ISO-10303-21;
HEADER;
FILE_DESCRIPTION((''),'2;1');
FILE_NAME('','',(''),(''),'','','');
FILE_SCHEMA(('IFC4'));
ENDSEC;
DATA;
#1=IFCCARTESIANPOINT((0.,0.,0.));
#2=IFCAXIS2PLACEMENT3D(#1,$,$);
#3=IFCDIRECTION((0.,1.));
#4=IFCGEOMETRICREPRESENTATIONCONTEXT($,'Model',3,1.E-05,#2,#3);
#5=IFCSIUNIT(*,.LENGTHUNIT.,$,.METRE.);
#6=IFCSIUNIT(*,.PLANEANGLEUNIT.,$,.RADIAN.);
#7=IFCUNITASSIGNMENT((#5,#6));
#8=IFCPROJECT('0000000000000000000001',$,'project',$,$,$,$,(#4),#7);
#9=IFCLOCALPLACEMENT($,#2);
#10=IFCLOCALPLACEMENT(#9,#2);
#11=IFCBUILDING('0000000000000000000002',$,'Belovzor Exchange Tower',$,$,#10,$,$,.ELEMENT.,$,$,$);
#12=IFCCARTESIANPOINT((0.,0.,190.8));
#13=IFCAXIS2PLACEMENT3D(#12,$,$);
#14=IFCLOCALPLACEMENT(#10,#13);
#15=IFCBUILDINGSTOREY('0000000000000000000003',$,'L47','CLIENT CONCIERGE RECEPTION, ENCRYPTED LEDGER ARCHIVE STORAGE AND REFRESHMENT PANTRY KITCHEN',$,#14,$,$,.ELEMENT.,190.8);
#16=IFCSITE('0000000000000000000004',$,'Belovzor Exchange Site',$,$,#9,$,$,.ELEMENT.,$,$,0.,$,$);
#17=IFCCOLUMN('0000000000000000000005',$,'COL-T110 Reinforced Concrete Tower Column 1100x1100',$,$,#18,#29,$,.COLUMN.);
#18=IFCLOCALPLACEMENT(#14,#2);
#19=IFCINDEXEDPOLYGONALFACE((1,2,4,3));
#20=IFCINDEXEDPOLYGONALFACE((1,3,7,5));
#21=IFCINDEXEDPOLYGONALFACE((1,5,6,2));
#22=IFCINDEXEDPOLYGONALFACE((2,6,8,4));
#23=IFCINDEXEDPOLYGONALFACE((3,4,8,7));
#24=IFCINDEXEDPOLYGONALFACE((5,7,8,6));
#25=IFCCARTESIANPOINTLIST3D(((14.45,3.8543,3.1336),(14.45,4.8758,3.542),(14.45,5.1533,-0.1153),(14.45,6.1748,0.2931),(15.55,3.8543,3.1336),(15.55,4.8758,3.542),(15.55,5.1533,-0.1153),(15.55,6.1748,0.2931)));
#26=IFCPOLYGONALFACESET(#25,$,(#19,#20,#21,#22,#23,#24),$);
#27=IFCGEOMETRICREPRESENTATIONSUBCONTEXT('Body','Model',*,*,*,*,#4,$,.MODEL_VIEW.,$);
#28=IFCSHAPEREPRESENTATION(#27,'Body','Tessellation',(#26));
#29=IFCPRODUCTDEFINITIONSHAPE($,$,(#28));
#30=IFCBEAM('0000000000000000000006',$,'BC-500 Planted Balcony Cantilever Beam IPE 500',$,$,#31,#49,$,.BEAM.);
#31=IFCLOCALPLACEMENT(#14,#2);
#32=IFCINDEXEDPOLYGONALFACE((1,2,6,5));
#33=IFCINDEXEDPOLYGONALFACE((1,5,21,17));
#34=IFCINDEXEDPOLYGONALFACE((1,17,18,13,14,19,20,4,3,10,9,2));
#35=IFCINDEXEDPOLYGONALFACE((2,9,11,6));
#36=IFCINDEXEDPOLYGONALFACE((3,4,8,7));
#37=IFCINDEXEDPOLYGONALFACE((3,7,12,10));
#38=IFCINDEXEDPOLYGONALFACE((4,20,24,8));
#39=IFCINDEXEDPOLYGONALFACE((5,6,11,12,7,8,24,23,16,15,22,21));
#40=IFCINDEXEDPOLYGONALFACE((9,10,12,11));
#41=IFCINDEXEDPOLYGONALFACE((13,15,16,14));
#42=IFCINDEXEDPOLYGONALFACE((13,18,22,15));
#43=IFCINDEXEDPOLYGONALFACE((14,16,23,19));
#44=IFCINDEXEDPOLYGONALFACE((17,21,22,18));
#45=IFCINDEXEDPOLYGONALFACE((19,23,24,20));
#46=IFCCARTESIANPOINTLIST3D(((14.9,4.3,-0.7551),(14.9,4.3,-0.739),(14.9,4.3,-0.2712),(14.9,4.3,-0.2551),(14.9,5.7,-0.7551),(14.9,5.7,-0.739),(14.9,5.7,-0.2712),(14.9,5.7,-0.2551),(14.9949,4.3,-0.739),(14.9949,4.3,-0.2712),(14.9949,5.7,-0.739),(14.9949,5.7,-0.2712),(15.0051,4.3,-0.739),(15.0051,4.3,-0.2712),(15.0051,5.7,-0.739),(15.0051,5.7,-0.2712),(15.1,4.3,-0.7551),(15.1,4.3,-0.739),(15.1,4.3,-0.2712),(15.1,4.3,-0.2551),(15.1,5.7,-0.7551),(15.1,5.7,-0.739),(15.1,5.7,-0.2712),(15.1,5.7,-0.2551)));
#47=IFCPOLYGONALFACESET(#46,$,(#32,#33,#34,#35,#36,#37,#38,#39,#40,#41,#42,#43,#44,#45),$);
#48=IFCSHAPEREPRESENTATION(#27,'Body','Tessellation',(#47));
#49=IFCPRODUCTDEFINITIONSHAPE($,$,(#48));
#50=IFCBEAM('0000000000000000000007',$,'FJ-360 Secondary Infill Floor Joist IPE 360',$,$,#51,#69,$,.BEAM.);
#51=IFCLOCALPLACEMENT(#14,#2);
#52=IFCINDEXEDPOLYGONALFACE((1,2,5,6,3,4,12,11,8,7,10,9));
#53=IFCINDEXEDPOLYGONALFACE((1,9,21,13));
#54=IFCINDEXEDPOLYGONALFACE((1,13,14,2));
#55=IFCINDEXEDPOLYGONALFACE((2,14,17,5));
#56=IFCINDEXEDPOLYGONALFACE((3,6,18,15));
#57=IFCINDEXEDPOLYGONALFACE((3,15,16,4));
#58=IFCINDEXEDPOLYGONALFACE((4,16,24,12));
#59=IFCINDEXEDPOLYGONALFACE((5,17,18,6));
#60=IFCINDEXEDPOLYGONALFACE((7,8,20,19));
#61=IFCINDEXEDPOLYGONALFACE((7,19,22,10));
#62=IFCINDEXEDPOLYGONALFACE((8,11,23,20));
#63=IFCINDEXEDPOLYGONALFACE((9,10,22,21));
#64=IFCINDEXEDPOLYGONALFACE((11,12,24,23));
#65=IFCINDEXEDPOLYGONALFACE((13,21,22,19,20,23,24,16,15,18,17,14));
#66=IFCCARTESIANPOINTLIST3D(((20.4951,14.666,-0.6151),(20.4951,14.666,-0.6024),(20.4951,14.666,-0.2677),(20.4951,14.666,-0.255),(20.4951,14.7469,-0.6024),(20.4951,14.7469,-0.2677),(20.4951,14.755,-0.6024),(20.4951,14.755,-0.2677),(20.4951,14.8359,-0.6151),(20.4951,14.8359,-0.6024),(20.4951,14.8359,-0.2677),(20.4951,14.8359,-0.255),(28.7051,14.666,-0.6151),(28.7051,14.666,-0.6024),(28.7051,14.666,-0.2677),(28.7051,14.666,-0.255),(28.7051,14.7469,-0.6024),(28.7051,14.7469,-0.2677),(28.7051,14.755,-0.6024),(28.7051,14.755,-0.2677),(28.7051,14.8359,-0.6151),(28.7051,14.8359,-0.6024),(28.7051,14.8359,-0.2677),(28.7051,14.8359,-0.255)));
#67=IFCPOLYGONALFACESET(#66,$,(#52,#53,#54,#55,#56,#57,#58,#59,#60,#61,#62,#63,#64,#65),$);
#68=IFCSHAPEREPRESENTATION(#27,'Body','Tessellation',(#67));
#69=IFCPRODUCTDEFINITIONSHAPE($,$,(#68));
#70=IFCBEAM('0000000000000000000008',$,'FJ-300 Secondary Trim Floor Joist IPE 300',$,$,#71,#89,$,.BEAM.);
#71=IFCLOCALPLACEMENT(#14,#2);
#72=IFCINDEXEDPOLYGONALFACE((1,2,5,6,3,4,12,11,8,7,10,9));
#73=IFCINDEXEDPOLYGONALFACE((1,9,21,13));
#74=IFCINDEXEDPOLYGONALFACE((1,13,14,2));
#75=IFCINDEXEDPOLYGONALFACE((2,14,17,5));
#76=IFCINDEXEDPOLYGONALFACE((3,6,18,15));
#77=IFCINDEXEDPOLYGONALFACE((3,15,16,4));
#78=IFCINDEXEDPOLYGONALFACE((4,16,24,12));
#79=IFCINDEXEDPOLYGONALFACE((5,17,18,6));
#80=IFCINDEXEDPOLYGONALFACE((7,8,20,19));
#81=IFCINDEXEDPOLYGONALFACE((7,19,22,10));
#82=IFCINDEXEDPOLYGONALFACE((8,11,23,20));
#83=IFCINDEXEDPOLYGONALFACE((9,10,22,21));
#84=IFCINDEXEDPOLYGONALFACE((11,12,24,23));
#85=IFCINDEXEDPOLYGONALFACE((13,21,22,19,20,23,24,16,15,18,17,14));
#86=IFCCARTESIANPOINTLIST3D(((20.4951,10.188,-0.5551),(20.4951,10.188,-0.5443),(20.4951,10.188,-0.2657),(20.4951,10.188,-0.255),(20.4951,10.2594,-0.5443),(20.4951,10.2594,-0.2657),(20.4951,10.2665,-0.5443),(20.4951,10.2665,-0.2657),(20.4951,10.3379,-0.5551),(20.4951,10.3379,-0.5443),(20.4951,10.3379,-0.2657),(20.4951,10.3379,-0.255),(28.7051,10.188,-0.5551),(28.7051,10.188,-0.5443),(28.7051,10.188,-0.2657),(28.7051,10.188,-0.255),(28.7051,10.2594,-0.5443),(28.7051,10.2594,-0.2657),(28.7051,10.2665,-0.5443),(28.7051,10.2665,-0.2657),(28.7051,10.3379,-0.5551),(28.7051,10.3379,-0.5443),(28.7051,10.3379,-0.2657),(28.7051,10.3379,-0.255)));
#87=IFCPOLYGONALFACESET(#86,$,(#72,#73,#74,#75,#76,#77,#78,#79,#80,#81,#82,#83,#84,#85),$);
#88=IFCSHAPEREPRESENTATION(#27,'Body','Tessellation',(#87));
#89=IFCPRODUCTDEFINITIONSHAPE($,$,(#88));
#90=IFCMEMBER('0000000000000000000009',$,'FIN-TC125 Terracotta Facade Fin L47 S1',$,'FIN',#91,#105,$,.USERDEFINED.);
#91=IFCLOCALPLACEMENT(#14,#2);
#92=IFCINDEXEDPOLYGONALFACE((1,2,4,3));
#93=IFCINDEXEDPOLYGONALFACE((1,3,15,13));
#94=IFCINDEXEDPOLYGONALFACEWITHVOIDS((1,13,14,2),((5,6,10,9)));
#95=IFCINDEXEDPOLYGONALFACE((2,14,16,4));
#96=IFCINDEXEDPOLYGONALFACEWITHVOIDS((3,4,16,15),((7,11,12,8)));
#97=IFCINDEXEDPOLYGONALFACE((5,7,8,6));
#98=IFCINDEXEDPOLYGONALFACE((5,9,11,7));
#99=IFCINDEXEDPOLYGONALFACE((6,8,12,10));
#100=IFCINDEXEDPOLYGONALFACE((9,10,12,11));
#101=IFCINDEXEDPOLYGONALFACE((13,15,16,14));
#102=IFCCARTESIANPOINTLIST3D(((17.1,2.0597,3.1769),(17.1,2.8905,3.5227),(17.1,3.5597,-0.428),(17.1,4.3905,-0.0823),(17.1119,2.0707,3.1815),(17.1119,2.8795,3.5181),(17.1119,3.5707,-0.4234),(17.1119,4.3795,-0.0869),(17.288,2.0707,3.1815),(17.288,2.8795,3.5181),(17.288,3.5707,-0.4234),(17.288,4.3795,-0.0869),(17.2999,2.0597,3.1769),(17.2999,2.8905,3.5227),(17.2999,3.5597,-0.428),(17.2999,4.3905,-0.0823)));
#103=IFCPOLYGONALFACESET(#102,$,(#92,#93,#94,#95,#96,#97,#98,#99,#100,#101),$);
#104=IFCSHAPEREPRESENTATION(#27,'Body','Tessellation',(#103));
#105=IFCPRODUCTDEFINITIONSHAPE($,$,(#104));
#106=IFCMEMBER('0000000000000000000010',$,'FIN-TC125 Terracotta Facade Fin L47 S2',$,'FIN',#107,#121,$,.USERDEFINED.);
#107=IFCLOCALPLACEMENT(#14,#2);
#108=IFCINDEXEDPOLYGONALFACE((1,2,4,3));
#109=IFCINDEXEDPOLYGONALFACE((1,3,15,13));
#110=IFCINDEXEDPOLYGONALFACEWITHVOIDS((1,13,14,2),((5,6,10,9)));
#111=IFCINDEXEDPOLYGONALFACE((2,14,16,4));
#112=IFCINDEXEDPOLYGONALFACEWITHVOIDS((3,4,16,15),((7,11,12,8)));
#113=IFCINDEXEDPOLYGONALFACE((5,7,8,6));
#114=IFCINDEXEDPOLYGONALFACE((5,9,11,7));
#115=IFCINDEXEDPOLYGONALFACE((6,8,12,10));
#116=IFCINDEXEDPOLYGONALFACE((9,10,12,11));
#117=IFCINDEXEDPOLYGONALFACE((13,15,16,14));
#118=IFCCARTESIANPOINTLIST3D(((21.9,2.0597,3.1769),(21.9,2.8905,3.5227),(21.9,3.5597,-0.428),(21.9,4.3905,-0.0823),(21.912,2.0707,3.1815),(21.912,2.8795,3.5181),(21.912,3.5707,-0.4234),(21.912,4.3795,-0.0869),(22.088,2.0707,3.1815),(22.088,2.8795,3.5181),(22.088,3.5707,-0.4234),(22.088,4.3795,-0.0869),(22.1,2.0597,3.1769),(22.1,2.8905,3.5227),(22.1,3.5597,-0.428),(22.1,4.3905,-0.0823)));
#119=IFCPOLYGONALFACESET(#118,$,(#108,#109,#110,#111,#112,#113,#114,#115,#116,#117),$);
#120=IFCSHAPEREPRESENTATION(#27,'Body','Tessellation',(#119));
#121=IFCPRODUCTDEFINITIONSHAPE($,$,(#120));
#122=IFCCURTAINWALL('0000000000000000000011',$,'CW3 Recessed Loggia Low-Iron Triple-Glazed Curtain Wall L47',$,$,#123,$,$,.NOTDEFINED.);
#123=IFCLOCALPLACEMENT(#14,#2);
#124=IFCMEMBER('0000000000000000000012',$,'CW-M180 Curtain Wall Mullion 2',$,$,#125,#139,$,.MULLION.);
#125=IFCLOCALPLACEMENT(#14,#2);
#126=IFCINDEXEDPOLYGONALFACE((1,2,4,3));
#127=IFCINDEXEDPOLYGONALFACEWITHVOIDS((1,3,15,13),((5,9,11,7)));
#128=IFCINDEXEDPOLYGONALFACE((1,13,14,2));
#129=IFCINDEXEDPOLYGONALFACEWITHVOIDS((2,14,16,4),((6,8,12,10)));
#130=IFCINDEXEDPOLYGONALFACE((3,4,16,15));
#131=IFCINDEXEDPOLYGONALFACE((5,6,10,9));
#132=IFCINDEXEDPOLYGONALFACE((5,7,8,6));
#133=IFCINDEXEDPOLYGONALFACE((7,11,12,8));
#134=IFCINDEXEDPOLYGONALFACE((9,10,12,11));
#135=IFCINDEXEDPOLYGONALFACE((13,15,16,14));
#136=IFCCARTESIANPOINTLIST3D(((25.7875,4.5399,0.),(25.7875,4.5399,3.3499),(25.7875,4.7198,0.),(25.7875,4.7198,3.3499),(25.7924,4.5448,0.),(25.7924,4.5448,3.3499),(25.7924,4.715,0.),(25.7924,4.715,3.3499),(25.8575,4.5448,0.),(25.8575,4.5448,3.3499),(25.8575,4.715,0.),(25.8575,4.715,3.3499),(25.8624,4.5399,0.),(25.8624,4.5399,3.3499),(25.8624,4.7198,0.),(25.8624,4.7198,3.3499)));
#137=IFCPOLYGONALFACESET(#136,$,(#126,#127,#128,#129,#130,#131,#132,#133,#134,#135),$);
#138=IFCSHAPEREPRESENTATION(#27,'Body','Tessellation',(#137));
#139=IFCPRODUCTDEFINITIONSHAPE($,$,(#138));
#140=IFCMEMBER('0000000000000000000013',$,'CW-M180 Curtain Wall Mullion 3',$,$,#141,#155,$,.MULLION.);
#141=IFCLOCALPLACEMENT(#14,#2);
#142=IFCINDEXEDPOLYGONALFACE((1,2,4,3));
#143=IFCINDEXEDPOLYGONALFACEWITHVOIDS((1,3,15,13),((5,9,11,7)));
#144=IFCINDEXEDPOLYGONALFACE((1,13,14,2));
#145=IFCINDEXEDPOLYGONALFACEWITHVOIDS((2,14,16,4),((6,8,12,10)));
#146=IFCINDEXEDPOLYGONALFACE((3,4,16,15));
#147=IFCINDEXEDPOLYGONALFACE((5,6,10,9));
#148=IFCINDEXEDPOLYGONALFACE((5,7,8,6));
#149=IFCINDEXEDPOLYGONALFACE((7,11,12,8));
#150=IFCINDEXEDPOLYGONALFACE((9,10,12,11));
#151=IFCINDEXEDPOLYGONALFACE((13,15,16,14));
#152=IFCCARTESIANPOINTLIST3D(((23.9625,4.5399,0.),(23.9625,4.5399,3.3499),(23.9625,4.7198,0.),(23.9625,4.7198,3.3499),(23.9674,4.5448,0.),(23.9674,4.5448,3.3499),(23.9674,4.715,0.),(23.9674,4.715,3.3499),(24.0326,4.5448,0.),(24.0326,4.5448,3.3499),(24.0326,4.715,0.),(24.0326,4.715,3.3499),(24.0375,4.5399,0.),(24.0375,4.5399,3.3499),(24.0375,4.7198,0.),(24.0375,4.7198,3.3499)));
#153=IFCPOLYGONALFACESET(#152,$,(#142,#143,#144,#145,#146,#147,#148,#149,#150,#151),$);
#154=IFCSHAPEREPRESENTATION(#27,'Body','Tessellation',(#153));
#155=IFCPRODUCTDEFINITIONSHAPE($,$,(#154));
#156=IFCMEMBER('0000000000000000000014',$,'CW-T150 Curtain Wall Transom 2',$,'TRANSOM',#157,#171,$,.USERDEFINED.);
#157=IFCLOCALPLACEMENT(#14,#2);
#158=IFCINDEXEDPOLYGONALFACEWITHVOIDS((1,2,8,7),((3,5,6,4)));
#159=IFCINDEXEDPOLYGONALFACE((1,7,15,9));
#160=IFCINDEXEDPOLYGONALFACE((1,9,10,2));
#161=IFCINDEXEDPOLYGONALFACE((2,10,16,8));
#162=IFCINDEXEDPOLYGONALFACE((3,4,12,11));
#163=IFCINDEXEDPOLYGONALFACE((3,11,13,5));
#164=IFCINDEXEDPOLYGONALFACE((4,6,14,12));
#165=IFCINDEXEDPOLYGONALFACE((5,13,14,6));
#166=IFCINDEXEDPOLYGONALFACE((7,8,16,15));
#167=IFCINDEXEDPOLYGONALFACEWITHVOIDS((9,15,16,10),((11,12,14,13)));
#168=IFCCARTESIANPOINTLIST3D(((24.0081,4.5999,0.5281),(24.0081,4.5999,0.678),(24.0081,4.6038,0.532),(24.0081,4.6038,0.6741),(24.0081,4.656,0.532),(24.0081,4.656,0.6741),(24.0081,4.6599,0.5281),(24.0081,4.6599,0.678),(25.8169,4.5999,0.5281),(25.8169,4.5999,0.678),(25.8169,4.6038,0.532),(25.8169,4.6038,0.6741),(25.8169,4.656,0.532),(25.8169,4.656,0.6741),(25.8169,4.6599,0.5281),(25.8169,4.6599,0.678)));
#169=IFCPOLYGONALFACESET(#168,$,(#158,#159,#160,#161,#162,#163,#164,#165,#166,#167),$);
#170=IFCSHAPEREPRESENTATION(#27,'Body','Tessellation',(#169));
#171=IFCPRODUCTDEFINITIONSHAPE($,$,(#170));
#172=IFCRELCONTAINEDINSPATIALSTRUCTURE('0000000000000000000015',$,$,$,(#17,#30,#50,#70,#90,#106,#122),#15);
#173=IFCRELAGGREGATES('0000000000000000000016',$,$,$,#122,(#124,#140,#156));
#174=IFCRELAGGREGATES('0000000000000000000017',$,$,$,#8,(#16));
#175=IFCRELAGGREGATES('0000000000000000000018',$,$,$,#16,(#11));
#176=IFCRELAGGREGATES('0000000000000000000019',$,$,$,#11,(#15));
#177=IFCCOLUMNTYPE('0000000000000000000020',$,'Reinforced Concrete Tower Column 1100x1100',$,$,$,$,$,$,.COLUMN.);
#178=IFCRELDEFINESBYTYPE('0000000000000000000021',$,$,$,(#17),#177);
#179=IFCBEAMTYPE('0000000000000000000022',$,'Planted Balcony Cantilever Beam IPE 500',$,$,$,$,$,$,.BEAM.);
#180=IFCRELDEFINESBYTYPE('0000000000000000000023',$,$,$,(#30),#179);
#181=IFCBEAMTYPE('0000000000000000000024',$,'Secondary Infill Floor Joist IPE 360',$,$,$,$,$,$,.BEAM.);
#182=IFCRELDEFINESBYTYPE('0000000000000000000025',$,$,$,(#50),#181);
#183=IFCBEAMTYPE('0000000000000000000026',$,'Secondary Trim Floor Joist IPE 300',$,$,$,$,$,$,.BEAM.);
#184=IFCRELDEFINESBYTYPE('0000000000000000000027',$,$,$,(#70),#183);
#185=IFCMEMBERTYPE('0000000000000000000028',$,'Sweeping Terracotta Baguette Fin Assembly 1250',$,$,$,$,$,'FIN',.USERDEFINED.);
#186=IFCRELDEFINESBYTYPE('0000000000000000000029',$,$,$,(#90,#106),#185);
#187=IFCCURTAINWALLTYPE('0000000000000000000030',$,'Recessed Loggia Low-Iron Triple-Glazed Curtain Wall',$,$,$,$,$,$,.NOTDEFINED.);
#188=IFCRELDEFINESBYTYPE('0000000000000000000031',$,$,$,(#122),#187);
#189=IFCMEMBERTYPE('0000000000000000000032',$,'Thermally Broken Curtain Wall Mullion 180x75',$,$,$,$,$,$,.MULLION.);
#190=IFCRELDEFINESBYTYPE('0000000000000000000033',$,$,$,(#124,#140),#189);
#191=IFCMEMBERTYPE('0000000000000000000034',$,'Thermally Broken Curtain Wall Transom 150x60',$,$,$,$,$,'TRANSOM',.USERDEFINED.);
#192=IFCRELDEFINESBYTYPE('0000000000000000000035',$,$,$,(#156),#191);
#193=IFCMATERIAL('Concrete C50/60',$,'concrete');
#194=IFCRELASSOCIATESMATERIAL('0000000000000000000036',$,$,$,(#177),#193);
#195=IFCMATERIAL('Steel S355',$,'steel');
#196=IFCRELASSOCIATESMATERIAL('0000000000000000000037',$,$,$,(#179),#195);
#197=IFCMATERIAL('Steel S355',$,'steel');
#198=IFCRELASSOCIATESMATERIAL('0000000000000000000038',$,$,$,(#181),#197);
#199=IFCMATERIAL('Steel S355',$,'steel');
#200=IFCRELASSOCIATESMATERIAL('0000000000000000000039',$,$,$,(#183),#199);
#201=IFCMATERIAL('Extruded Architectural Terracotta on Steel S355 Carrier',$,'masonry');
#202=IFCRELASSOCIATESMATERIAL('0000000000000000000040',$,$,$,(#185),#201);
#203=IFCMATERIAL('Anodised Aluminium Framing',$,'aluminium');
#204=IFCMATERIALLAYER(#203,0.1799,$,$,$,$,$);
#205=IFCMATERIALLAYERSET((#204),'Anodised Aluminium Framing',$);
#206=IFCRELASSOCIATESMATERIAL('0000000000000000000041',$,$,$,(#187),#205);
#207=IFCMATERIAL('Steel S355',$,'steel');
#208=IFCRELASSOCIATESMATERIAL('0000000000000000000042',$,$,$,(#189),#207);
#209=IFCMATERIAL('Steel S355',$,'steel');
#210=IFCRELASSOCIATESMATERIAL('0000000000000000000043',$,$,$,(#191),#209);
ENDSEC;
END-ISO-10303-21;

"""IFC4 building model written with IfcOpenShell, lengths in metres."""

from ifc_helpers import new_model, si_unit, direction, frame, origin, origin_2d, place, context, subcontext, project, spatial, rectangle, hollow_rectangle, i_section, extrude, material, layer, layer_set, material_profile, profile_set, type_object, element, aggregate, save


model = new_model("IFC4")

# Units and contexts
model_context = context("Model", 3, precision=1e-05, world=origin(), true_north=direction((0.0, 1.0)))
body_context = subcontext(model_context, "Body", "Model", "MODEL_VIEW")
ifc_project = project(units=[si_unit("LENGTHUNIT", "METRE"), si_unit("PLANEANGLEUNIT", "RADIAN")], contexts=[model_context])

# Site, building, storey
site_placement = place(None, origin())
site = spatial("IfcSite", under=ifc_project, at=site_placement, Name="Belovzor Exchange Site", CompositionType="ELEMENT", RefElevation=0.0)
building_placement = place(site_placement, origin())
building = spatial("IfcBuilding", under=site, at=building_placement, Name="Belovzor Exchange Tower", CompositionType="ELEMENT")
storey_placement = place(building_placement, frame((0.0, 0.0, 190.8)))
storey = spatial("IfcBuildingStorey", under=building, at=storey_placement, Name="L47", Description="CLIENT CONCIERGE RECEPTION, ENCRYPTED LEDGER ARCHIVE STORAGE AND REFRESHMENT PANTRY KITCHEN", CompositionType="ELEMENT", Elevation=190.8)

# Column
ifc_material_1 = material(Name="Concrete C50/60", Category="concrete")
ifc_material_profile_1 = material_profile(ifc_material_1, rectangle(XDim=1.1001, YDim=1.1001, at=origin_2d()))
ifc_profile_set_1 = profile_set([ifc_material_profile_1], Name="Concrete C50/60")
column_type = type_object("IfcColumnType", Name="Reinforced Concrete Tower Column 1100x1100", PredefinedType="COLUMN", material=ifc_profile_set_1)
column_placement = place(storey_placement, frame((15.0, 5.6641, 0.0889), z_axis=(0.0, -0.371258, 0.92853), x_axis=(1.0, 0.0, 0.0)))
element("IfcColumn", 1, at=column_placement, inside=storey, type_object=column_type, Name="COL-T110 Reinforced Concrete Tower Column 1100x1100", PredefinedType="COLUMN", context=body_context, shape_type="SweptSolid", body=[
    extrude(rectangle(XDim=1.1001, YDim=1.1001, at=origin_2d()), origin(), (0.0, 0.0, 1.0), 3.499),
])

# Beams
ifc_material_2 = material(Name="Steel S355", Category="steel")
ifc_material_profile_2 = material_profile(ifc_material_2, i_section(OverallWidth=0.2, OverallDepth=0.5, WebThickness=0.0103, FlangeThickness=0.0161, at=origin_2d()))
ifc_profile_set_2 = profile_set([ifc_material_profile_2], Name="Steel S355")
beam_type_1 = type_object("IfcBeamType", Name="Planted Balcony Cantilever Beam IPE 500", PredefinedType="BEAM", material=ifc_profile_set_2)
beam_1_placement = place(storey_placement, frame((15.0, 5.7, -0.5051), z_axis=(0.0, -1.0, 0.0), x_axis=(1.0, 0.0, 0.0)))
element("IfcBeam", 2, at=beam_1_placement, inside=storey, type_object=beam_type_1, Name="BC-500 Planted Balcony Cantilever Beam IPE 500", PredefinedType="BEAM", context=body_context, shape_type="SweptSolid", body=[
    extrude(i_section(OverallWidth=0.2, OverallDepth=0.5, WebThickness=0.0103, FlangeThickness=0.0161, at=origin_2d()), origin(), (0.0, 0.0, 1.0), 1.3999),
])
ifc_material_3 = material(Name="Steel S355", Category="steel")
ifc_material_profile_3 = material_profile(ifc_material_3, i_section(OverallWidth=0.1699, OverallDepth=0.3601, WebThickness=0.0081, FlangeThickness=0.0127, at=origin_2d()))
ifc_profile_set_3 = profile_set([ifc_material_profile_3], Name="Steel S355")
beam_type_2 = type_object("IfcBeamType", Name="Secondary Infill Floor Joist IPE 360", PredefinedType="BEAM", material=ifc_profile_set_3)
beam_2_placement = place(storey_placement, frame((20.4951, 14.751, -0.4351), z_axis=(1.0, 0.0, 0.0), x_axis=(0.0, 1.0, 0.0)))
element("IfcBeam", 3, at=beam_2_placement, inside=storey, type_object=beam_type_2, Name="FJ-360 Secondary Infill Floor Joist IPE 360", PredefinedType="BEAM", context=body_context, shape_type="SweptSolid", body=[
    extrude(i_section(OverallWidth=0.1699, OverallDepth=0.3601, WebThickness=0.0081, FlangeThickness=0.0127, at=origin_2d()), origin(), (0.0, 0.0, 1.0), 8.21),
])
ifc_material_4 = material(Name="Steel S355", Category="steel")
ifc_material_profile_4 = material_profile(ifc_material_4, i_section(OverallWidth=0.1499, OverallDepth=0.3, WebThickness=0.0071, FlangeThickness=0.0107, at=origin_2d()))
ifc_profile_set_4 = profile_set([ifc_material_profile_4], Name="Steel S355")
beam_type_3 = type_object("IfcBeamType", Name="Secondary Trim Floor Joist IPE 300", PredefinedType="BEAM", material=ifc_profile_set_4)
beam_3_placement = place(storey_placement, frame((20.4951, 10.2629, -0.405), z_axis=(1.0, 0.0, 0.0), x_axis=(0.0, 1.0, 0.0)))
element("IfcBeam", 4, at=beam_3_placement, inside=storey, type_object=beam_type_3, Name="FJ-300 Secondary Trim Floor Joist IPE 300", PredefinedType="BEAM", context=body_context, shape_type="SweptSolid", body=[
    extrude(i_section(OverallWidth=0.1499, OverallDepth=0.3, WebThickness=0.0071, FlangeThickness=0.0107, at=origin_2d()), origin(), (0.0, 0.0, 1.0), 8.21),
])

# Members
ifc_material_5 = material(Name="Extruded Architectural Terracotta on Steel S355 Carrier", Category="masonry")
ifc_material_profile_5 = material_profile(ifc_material_5, hollow_rectangle(XDim=0.2, YDim=0.8999, WallThickness=0.012, at=origin_2d()))
ifc_profile_set_5 = profile_set([ifc_material_profile_5], Name="Extruded Architectural Terracotta on Steel S355 Carrier")
member_type_1 = type_object("IfcMemberType", Name="Sweeping Terracotta Baguette Fin Assembly 1250", ElementType="FIN", PredefinedType="USERDEFINED", material=ifc_profile_set_5)
for number, where, z_axis, x_axis, name in (
    (5, (17.2, 3.9751, -0.2551), (0.0, -0.384162, 0.923266), (1.0, 0.0, 0.0), "FIN-TC125 Terracotta Facade Fin L47 S1"),
    (6, (22.0, 3.9751, -0.2551), (0.0, -0.384162, 0.923266), (1.0, 0.0, 0.0), "FIN-TC125 Terracotta Facade Fin L47 S2"),
):
    element("IfcMember", number, at=place(storey_placement, frame(where, z_axis=z_axis, x_axis=x_axis)), inside=storey, type_object=member_type_1, Name=name, ObjectType="FIN", PredefinedType="USERDEFINED", context=body_context, shape_type="SweptSolid", body=[
        extrude(hollow_rectangle(XDim=0.2, YDim=0.8999, WallThickness=0.012, at=origin_2d()), origin(), (0.0, 0.0, 1.0), 3.9045),
    ])

# Curtain wall, members
ifc_material_6 = material(Name="Anodised Aluminium Framing", Category="aluminium")
ifc_layer_1 = layer(ifc_material_6, 0.1799)
ifc_layer_set_1 = layer_set([ifc_layer_1], Name="Anodised Aluminium Framing")
curtain_wall_type = type_object("IfcCurtainWallType", Name="Recessed Loggia Low-Iron Triple-Glazed Curtain Wall", PredefinedType="NOTDEFINED", material=ifc_layer_set_1)
curtain_wall_placement = place(storey_placement, origin())
curtain_wall = element("IfcCurtainWall", 7, at=curtain_wall_placement, inside=storey, type_object=curtain_wall_type, Name="CW3 Recessed Loggia Low-Iron Triple-Glazed Curtain Wall L47", PredefinedType="NOTDEFINED")
ifc_material_7 = material(Name="Steel S355", Category="steel")
ifc_material_profile_6 = material_profile(ifc_material_7, hollow_rectangle(XDim=0.075, YDim=0.1799, WallThickness=0.0049, at=origin_2d()))
ifc_profile_set_6 = profile_set([ifc_material_profile_6], Name="Steel S355")
member_type_2 = type_object("IfcMemberType", Name="Thermally Broken Curtain Wall Mullion 180x75", PredefinedType="MULLION", material=ifc_profile_set_6)
member_1_placement = place(storey_placement, frame((25.825, 4.6299, 0.0), z_axis=(0.0, 0.0, 1.0), x_axis=(-1.0, 0.0, 0.0)))
member_1 = element("IfcMember", 8, at=member_1_placement, type_object=member_type_2, Name="CW-M180 Curtain Wall Mullion 2", PredefinedType="MULLION", context=body_context, shape_type="SweptSolid", body=[
    extrude(hollow_rectangle(XDim=0.075, YDim=0.1799, WallThickness=0.0049, at=origin_2d()), origin(), (0.0, 0.0, 1.0), 3.3499),
])
member_2_placement = place(storey_placement, frame((24.0, 4.6299, 0.0), z_axis=(0.0, 0.0, 1.0), x_axis=(-1.0, 0.0, 0.0)))
member_2 = element("IfcMember", 9, at=member_2_placement, type_object=member_type_2, Name="CW-M180 Curtain Wall Mullion 3", PredefinedType="MULLION", context=body_context, shape_type="SweptSolid", body=[
    extrude(hollow_rectangle(XDim=0.075, YDim=0.1799, WallThickness=0.0049, at=origin_2d()), origin(), (0.0, 0.0, 1.0), 3.3499),
])
ifc_material_8 = material(Name="Steel S355", Category="steel")
ifc_material_profile_7 = material_profile(ifc_material_8, hollow_rectangle(XDim=0.0601, YDim=0.1499, WallThickness=0.0039, at=origin_2d()))
ifc_profile_set_7 = profile_set([ifc_material_profile_7], Name="Steel S355")
member_type_3 = type_object("IfcMemberType", Name="Thermally Broken Curtain Wall Transom 150x60", ElementType="TRANSOM", PredefinedType="USERDEFINED", material=ifc_profile_set_7)
member_3_placement = place(storey_placement, frame((25.8169, 4.6299, 0.603), z_axis=(-1.0, 0.0, 0.0), x_axis=(0.0, -1.0, 0.0)))
member_3 = element("IfcMember", 10, at=member_3_placement, type_object=member_type_3, Name="CW-T150 Curtain Wall Transom 2", ObjectType="TRANSOM", PredefinedType="USERDEFINED", context=body_context, shape_type="SweptSolid", body=[
    extrude(hollow_rectangle(XDim=0.0601, YDim=0.1499, WallThickness=0.0039, at=origin_2d()), origin(), (0.0, 0.0, 1.0), 1.8088),
])

aggregate(curtain_wall, [member_1, member_2, member_3])

save(model, "model.ifc")
